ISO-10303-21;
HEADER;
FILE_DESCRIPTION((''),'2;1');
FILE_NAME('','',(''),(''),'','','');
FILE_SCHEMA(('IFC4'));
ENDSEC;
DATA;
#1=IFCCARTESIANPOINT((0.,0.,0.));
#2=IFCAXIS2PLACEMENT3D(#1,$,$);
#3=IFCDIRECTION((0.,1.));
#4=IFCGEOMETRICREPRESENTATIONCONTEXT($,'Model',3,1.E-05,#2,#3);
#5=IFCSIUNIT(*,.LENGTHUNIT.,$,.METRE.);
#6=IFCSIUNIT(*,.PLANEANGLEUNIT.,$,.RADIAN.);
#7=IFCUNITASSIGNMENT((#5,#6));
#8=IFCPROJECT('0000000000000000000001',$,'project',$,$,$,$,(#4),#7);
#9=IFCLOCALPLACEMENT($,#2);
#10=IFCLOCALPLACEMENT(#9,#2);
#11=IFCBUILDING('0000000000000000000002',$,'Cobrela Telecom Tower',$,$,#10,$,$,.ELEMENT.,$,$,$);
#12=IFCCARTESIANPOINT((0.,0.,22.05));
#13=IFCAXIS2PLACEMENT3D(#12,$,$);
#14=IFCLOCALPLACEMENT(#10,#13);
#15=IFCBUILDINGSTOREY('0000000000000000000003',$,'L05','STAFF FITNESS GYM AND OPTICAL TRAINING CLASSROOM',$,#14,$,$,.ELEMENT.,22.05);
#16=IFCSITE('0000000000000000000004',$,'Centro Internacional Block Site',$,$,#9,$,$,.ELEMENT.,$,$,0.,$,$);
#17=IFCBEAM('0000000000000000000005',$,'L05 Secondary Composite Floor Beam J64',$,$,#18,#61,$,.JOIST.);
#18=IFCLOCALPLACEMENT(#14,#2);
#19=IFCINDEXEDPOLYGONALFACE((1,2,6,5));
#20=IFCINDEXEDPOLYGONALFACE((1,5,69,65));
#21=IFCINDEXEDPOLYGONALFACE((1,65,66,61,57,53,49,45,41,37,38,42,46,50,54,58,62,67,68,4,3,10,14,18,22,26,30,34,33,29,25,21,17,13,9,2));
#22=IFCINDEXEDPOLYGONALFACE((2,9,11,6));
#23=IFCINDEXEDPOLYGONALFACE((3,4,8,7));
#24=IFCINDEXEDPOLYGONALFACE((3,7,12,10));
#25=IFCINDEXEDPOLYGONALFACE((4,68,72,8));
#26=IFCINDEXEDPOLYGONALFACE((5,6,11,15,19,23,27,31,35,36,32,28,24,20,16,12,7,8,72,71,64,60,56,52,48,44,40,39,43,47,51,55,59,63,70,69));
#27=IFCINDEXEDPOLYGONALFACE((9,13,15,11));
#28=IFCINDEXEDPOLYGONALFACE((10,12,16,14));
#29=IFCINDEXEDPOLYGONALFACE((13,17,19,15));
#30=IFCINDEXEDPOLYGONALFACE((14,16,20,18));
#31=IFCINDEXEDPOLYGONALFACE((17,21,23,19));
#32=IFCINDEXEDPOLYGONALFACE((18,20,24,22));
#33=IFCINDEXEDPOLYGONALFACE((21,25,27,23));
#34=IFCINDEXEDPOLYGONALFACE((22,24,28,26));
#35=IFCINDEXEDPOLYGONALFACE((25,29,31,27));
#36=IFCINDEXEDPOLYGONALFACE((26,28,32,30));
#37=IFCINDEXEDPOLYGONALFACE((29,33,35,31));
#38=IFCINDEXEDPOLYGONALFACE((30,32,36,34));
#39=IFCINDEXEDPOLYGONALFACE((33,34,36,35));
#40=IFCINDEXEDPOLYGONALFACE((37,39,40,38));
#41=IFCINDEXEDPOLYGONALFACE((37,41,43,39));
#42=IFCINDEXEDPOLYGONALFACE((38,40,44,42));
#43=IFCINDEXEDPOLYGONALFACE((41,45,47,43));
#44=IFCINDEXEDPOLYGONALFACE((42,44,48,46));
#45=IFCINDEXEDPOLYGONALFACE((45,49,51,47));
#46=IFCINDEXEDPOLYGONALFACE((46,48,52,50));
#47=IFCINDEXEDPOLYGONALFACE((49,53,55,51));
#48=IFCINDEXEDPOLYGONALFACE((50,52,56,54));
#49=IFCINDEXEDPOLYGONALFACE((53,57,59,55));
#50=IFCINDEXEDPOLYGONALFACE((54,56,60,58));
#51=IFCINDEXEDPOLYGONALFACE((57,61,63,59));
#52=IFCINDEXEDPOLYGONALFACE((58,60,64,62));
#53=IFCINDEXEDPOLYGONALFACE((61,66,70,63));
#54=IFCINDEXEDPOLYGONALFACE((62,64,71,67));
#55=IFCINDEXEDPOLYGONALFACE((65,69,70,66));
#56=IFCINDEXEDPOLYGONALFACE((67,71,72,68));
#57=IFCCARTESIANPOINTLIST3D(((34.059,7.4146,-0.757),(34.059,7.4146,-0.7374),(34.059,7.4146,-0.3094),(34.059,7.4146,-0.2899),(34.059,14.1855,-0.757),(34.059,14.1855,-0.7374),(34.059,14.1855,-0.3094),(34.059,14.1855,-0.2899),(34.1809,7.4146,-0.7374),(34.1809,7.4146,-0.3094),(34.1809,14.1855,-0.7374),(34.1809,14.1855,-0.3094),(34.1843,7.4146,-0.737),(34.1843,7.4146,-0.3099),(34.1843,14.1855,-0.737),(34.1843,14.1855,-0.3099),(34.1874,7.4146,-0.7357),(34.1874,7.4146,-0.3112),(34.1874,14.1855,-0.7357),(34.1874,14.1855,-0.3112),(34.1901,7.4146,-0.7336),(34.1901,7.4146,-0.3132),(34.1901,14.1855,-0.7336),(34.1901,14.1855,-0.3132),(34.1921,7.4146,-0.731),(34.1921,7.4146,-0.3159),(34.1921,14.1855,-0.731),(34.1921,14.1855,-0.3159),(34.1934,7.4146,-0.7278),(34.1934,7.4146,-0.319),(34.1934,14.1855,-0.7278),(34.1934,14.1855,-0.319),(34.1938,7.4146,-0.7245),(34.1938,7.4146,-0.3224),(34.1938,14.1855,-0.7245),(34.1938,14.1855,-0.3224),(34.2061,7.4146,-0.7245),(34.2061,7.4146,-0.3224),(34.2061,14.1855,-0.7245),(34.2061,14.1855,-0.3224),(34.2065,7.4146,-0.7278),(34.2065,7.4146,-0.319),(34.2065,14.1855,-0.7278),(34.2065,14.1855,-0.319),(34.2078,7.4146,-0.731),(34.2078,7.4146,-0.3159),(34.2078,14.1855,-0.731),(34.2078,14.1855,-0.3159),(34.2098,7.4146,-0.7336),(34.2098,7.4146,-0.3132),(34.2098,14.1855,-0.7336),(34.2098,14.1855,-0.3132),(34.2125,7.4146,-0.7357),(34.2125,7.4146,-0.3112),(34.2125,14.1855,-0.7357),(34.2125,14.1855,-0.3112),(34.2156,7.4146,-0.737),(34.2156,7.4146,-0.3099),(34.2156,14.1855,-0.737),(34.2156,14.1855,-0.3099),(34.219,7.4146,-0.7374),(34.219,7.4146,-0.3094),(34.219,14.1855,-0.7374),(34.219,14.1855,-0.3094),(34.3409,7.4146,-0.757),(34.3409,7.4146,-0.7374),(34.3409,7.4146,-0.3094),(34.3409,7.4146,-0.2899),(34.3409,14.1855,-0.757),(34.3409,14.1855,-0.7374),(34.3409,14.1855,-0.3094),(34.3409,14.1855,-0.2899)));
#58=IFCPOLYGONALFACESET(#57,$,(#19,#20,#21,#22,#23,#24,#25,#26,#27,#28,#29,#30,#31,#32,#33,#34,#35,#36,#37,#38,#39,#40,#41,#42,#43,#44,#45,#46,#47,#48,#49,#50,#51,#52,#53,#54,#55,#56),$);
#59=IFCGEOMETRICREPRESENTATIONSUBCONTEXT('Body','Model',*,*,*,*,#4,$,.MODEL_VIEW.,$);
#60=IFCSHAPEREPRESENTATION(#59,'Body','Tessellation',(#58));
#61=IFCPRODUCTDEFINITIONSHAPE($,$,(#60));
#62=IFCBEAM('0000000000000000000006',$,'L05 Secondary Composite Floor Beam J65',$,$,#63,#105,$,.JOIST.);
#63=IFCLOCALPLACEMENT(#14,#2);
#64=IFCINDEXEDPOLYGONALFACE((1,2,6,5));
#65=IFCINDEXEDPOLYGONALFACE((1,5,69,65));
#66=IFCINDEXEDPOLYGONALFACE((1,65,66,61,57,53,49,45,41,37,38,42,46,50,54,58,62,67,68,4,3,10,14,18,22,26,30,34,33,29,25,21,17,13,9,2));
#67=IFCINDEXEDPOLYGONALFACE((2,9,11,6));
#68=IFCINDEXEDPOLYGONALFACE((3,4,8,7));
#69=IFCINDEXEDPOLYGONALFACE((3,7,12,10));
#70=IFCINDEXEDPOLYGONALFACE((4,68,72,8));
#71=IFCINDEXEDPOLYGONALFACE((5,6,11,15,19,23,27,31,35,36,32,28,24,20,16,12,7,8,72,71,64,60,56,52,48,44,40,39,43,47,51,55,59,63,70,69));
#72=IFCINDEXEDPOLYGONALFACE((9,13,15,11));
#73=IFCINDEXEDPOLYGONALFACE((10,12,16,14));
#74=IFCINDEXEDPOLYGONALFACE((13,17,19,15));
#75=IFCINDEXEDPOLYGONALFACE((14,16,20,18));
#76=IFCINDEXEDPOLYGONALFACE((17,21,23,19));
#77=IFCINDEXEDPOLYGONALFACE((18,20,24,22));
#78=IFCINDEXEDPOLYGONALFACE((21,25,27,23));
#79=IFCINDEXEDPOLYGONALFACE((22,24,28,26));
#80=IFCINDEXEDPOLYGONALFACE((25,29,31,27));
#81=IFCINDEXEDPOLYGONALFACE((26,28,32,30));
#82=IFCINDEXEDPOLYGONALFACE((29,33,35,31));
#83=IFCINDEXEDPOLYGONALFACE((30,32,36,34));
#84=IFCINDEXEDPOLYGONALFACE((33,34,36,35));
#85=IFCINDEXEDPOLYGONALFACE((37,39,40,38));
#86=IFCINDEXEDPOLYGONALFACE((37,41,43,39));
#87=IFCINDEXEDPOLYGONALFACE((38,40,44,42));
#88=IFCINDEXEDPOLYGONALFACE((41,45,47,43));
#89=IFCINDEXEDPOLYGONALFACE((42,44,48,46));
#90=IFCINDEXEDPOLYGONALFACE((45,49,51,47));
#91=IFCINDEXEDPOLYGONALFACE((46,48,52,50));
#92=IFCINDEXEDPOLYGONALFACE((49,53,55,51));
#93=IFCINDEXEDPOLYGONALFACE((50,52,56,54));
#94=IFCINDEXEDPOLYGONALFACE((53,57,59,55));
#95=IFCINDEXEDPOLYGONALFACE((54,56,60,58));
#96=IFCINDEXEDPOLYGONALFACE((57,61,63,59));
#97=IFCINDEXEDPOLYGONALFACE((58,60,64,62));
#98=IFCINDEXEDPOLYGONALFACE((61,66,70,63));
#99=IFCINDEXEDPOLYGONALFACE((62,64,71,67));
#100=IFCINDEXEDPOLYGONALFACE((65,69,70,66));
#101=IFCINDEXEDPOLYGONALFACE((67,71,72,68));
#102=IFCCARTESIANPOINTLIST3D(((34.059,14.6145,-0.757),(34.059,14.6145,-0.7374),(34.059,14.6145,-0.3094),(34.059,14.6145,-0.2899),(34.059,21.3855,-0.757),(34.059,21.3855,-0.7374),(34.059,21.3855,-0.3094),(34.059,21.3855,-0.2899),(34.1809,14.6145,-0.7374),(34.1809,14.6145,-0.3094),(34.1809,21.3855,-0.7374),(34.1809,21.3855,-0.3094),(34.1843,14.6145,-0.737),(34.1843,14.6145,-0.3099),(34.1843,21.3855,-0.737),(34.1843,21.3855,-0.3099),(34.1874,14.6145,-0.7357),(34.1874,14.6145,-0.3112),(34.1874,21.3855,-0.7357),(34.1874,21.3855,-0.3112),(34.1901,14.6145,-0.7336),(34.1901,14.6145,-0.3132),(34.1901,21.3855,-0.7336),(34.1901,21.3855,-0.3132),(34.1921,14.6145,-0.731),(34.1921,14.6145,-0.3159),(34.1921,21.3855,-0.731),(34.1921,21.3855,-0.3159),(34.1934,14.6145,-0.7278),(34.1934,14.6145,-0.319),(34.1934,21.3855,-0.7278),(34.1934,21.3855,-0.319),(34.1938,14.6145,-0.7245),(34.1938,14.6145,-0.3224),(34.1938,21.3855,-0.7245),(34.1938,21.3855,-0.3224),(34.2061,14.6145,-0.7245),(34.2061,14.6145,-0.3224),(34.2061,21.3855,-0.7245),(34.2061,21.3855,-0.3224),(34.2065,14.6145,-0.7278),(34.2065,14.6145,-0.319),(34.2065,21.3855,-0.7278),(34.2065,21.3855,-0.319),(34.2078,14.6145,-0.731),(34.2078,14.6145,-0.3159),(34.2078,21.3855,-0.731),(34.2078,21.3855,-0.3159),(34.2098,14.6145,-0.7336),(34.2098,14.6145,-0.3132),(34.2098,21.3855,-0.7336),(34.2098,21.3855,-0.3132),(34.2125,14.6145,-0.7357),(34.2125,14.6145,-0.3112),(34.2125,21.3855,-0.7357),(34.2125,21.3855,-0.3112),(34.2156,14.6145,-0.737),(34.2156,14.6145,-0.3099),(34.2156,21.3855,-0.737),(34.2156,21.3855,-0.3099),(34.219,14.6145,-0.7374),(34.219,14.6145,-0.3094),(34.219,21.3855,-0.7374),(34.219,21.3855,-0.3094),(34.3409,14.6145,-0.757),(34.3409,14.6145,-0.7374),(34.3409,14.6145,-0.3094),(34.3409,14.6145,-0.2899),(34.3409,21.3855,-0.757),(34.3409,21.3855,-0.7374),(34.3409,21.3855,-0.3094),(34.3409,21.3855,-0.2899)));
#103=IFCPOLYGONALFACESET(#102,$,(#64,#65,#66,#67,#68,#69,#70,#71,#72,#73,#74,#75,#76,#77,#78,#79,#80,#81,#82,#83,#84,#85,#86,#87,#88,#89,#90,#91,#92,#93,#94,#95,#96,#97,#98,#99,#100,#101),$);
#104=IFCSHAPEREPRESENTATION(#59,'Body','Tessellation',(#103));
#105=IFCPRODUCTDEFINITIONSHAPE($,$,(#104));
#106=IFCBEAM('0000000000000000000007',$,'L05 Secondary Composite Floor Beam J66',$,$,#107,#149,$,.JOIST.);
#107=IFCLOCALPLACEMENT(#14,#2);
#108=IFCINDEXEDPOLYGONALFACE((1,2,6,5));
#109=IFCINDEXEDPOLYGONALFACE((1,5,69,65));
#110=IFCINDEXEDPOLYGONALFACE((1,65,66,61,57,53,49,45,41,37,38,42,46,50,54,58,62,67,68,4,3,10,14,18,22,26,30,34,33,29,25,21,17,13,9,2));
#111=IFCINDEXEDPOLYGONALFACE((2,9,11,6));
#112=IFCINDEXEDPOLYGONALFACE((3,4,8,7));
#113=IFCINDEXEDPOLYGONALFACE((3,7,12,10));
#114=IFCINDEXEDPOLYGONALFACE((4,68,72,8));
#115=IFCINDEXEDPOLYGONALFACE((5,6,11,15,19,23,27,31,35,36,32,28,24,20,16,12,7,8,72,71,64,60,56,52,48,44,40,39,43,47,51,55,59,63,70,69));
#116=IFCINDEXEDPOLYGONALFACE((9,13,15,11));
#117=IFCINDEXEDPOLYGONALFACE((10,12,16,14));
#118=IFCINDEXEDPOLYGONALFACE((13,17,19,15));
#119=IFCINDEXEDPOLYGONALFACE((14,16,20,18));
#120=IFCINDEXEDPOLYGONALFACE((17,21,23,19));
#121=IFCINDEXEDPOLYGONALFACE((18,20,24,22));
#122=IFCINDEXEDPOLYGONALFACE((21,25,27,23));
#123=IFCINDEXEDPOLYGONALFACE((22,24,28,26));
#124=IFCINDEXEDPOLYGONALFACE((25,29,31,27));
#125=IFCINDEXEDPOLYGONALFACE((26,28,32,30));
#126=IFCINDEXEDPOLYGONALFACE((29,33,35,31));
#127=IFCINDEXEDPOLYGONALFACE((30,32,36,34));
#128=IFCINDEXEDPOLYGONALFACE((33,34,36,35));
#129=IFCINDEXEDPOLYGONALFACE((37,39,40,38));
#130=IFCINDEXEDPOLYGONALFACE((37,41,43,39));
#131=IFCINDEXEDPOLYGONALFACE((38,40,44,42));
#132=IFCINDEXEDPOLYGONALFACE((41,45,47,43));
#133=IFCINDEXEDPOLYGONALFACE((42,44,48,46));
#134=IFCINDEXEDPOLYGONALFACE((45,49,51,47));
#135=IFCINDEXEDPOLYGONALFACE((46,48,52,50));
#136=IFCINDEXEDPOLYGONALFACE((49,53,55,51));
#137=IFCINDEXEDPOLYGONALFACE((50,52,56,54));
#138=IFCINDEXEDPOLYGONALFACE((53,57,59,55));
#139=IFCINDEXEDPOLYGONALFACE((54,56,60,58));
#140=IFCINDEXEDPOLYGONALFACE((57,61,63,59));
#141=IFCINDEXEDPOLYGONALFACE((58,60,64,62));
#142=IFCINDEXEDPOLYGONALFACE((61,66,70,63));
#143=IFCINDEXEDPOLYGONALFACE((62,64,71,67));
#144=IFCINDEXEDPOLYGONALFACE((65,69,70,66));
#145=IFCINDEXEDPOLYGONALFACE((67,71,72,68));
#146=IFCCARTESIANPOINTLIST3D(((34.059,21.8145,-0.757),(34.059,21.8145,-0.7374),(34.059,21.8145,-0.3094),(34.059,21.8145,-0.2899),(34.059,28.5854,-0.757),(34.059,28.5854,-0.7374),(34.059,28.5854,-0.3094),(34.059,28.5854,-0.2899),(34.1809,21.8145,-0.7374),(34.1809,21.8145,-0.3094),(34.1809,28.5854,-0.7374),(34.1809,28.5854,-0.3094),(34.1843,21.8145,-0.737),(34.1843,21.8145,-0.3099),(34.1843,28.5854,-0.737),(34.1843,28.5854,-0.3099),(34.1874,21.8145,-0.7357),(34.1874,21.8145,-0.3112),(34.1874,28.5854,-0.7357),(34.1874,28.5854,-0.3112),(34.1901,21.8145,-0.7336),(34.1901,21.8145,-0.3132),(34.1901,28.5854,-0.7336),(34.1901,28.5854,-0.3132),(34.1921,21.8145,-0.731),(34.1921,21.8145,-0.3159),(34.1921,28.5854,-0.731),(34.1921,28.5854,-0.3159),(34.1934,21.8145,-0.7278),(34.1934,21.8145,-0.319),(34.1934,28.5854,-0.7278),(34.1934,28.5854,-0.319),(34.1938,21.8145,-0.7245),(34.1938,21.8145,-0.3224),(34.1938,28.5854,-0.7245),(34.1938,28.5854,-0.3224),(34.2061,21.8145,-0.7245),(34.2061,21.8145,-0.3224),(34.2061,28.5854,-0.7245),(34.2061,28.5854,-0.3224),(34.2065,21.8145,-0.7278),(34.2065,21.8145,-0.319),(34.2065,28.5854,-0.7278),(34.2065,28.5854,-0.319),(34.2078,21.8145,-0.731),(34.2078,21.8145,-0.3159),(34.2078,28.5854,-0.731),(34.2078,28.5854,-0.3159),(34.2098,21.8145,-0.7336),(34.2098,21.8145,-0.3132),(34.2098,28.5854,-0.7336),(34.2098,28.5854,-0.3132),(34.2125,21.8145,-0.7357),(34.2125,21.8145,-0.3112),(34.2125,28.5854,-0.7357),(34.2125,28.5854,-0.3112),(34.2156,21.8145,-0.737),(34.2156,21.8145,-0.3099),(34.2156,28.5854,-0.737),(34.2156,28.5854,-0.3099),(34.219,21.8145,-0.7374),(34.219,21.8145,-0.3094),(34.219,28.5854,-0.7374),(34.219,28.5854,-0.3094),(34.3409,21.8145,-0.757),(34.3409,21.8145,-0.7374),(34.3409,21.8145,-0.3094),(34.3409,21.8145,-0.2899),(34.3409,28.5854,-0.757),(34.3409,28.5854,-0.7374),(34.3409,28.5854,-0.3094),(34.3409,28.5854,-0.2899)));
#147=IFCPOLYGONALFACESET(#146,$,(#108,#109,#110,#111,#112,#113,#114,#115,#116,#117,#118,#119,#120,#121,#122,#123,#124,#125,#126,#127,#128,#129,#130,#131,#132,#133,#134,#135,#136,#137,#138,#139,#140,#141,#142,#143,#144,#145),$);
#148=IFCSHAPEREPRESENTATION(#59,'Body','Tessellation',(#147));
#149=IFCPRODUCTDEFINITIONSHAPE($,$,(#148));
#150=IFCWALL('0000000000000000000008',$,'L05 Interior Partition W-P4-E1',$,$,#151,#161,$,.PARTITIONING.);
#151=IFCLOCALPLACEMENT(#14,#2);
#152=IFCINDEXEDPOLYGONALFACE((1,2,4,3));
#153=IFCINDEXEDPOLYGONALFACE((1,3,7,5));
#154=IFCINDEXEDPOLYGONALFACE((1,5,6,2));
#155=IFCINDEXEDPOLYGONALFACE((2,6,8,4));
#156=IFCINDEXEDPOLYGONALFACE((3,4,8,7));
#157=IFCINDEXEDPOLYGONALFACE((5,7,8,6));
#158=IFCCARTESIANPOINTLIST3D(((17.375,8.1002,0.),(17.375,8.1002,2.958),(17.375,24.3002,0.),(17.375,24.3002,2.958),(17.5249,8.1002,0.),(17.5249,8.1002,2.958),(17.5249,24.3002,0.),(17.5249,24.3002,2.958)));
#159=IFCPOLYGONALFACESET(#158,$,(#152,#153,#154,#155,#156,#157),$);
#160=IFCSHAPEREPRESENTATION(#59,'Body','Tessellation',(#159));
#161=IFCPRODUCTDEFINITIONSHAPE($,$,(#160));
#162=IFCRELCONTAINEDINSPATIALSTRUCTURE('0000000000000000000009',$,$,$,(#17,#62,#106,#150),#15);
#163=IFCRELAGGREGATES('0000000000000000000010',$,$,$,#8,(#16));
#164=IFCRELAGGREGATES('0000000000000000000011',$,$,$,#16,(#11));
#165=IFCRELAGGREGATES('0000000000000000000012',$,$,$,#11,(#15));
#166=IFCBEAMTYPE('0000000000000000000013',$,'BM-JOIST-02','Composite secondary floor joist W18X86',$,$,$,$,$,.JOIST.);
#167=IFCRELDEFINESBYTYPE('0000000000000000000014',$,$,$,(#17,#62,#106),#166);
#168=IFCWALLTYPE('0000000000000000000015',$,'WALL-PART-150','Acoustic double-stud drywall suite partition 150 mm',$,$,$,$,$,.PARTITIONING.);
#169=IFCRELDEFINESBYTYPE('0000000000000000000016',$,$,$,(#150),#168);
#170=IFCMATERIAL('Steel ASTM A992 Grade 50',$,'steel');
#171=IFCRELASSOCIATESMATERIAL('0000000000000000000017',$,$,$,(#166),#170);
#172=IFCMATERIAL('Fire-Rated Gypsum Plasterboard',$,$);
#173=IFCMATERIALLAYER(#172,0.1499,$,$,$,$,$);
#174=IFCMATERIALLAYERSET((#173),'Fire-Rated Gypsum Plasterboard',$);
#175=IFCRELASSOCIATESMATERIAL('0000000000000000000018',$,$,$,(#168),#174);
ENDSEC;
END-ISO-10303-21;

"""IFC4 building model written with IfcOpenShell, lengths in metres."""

from ifc_helpers import new_model, si_unit, direction, frame, frame_2d, origin, origin_2d, place, context, subcontext, project, spatial, rectangle, i_section, extrude, material, layer, layer_set, material_profile, profile_set, type_object, element, save


model = new_model("IFC4")

# Units and contexts
model_context = context("Model", 3, precision=1e-05, world=origin(), true_north=direction((0.0, 1.0)))
body_context = subcontext(model_context, "Body", "Model", "MODEL_VIEW")
ifc_project = project(units=[si_unit("LENGTHUNIT", "METRE"), si_unit("PLANEANGLEUNIT", "RADIAN")], contexts=[model_context])

# Site, building, storey
site_placement = place(None, origin())
site = spatial("IfcSite", under=ifc_project, at=site_placement, Name="Centro Internacional Block Site", CompositionType="ELEMENT", RefElevation=0.0)
building_placement = place(site_placement, origin())
building = spatial("IfcBuilding", under=site, at=building_placement, Name="Cobrela Telecom Tower", CompositionType="ELEMENT")
storey_placement = place(building_placement, frame((0.0, 0.0, 22.05)))
storey = spatial("IfcBuildingStorey", under=building, at=storey_placement, Name="L05", Description="STAFF FITNESS GYM AND OPTICAL TRAINING CLASSROOM", CompositionType="ELEMENT", Elevation=22.05)

# Beams
ifc_material_1 = material(Name="Steel ASTM A992 Grade 50", Category="steel")
ifc_material_profile_1 = material_profile(ifc_material_1, i_section(OverallWidth=0.282, OverallDepth=0.467, WebThickness=0.0122, FlangeThickness=0.0195, FilletRadius=0.0129, at=origin_2d()), Name="W18X86")
ifc_profile_set_1 = profile_set([ifc_material_profile_1], Name="Steel ASTM A992 Grade 50")
beam_type_1 = type_object("IfcBeamType", Name="BM-JOIST-02", Description="Composite secondary floor joist W18X86", PredefinedType="JOIST", material=ifc_profile_set_1)
for number, where, z_axis, x_axis, name in (
    (1, (34.2, 7.4146, -0.5234), (0.0, 1.0, 0.0), (-1.0, 0.0, 0.0), "L05 Secondary Composite Floor Beam J64"),
    (2, (34.2, 14.6145, -0.5234), (0.0, 1.0, 0.0), (-1.0, 0.0, 0.0), "L05 Secondary Composite Floor Beam J65"),
    (3, (34.2, 21.8145, -0.5234), (0.0, 1.0, 0.0), (-1.0, 0.0, 0.0), "L05 Secondary Composite Floor Beam J66"),
):
    element("IfcBeam", number, at=place(storey_placement, frame(where, z_axis=z_axis, x_axis=x_axis)), inside=storey, type_object=beam_type_1, Name=name, PredefinedType="JOIST", context=body_context, shape_type="SweptSolid", body=[
        extrude(i_section(OverallWidth=0.282, OverallDepth=0.467, WebThickness=0.0122, FlangeThickness=0.0195, FilletRadius=0.0129, at=origin_2d()), origin(), (0.0, 0.0, 1.0), 6.771),
    ])

# Shared definitions
ifc_material_2 = material(Name="Fire-Rated Gypsum Plasterboard")
ifc_layer = layer(ifc_material_2, 0.1499)
ifc_layer_set = layer_set([ifc_layer], Name="Fire-Rated Gypsum Plasterboard")
wall_type = type_object("IfcWallType", Name="WALL-PART-150", Description="Acoustic double-stud drywall suite partition 150 mm", PredefinedType="PARTITIONING", material=ifc_layer_set)

# Wall
wall_1_placement = place(storey_placement, frame((17.45, 8.1001, 0.0), z_axis=(0.0, 0.0, 1.0), x_axis=(0.0, 1.0, 0.0)))
element("IfcWall", 4, at=wall_1_placement, inside=storey, type_object=wall_type, Name="L05 Interior Partition W-P4-E1", PredefinedType="PARTITIONING", context=body_context, shape_type="SweptSolid", body=[
    extrude(rectangle(XDim=16.2, YDim=0.1499, at=frame_2d((8.1001, 0.0))), origin(), (0.0, 0.0, 1.0), 2.958),
])

save(model, "model.ifc")
